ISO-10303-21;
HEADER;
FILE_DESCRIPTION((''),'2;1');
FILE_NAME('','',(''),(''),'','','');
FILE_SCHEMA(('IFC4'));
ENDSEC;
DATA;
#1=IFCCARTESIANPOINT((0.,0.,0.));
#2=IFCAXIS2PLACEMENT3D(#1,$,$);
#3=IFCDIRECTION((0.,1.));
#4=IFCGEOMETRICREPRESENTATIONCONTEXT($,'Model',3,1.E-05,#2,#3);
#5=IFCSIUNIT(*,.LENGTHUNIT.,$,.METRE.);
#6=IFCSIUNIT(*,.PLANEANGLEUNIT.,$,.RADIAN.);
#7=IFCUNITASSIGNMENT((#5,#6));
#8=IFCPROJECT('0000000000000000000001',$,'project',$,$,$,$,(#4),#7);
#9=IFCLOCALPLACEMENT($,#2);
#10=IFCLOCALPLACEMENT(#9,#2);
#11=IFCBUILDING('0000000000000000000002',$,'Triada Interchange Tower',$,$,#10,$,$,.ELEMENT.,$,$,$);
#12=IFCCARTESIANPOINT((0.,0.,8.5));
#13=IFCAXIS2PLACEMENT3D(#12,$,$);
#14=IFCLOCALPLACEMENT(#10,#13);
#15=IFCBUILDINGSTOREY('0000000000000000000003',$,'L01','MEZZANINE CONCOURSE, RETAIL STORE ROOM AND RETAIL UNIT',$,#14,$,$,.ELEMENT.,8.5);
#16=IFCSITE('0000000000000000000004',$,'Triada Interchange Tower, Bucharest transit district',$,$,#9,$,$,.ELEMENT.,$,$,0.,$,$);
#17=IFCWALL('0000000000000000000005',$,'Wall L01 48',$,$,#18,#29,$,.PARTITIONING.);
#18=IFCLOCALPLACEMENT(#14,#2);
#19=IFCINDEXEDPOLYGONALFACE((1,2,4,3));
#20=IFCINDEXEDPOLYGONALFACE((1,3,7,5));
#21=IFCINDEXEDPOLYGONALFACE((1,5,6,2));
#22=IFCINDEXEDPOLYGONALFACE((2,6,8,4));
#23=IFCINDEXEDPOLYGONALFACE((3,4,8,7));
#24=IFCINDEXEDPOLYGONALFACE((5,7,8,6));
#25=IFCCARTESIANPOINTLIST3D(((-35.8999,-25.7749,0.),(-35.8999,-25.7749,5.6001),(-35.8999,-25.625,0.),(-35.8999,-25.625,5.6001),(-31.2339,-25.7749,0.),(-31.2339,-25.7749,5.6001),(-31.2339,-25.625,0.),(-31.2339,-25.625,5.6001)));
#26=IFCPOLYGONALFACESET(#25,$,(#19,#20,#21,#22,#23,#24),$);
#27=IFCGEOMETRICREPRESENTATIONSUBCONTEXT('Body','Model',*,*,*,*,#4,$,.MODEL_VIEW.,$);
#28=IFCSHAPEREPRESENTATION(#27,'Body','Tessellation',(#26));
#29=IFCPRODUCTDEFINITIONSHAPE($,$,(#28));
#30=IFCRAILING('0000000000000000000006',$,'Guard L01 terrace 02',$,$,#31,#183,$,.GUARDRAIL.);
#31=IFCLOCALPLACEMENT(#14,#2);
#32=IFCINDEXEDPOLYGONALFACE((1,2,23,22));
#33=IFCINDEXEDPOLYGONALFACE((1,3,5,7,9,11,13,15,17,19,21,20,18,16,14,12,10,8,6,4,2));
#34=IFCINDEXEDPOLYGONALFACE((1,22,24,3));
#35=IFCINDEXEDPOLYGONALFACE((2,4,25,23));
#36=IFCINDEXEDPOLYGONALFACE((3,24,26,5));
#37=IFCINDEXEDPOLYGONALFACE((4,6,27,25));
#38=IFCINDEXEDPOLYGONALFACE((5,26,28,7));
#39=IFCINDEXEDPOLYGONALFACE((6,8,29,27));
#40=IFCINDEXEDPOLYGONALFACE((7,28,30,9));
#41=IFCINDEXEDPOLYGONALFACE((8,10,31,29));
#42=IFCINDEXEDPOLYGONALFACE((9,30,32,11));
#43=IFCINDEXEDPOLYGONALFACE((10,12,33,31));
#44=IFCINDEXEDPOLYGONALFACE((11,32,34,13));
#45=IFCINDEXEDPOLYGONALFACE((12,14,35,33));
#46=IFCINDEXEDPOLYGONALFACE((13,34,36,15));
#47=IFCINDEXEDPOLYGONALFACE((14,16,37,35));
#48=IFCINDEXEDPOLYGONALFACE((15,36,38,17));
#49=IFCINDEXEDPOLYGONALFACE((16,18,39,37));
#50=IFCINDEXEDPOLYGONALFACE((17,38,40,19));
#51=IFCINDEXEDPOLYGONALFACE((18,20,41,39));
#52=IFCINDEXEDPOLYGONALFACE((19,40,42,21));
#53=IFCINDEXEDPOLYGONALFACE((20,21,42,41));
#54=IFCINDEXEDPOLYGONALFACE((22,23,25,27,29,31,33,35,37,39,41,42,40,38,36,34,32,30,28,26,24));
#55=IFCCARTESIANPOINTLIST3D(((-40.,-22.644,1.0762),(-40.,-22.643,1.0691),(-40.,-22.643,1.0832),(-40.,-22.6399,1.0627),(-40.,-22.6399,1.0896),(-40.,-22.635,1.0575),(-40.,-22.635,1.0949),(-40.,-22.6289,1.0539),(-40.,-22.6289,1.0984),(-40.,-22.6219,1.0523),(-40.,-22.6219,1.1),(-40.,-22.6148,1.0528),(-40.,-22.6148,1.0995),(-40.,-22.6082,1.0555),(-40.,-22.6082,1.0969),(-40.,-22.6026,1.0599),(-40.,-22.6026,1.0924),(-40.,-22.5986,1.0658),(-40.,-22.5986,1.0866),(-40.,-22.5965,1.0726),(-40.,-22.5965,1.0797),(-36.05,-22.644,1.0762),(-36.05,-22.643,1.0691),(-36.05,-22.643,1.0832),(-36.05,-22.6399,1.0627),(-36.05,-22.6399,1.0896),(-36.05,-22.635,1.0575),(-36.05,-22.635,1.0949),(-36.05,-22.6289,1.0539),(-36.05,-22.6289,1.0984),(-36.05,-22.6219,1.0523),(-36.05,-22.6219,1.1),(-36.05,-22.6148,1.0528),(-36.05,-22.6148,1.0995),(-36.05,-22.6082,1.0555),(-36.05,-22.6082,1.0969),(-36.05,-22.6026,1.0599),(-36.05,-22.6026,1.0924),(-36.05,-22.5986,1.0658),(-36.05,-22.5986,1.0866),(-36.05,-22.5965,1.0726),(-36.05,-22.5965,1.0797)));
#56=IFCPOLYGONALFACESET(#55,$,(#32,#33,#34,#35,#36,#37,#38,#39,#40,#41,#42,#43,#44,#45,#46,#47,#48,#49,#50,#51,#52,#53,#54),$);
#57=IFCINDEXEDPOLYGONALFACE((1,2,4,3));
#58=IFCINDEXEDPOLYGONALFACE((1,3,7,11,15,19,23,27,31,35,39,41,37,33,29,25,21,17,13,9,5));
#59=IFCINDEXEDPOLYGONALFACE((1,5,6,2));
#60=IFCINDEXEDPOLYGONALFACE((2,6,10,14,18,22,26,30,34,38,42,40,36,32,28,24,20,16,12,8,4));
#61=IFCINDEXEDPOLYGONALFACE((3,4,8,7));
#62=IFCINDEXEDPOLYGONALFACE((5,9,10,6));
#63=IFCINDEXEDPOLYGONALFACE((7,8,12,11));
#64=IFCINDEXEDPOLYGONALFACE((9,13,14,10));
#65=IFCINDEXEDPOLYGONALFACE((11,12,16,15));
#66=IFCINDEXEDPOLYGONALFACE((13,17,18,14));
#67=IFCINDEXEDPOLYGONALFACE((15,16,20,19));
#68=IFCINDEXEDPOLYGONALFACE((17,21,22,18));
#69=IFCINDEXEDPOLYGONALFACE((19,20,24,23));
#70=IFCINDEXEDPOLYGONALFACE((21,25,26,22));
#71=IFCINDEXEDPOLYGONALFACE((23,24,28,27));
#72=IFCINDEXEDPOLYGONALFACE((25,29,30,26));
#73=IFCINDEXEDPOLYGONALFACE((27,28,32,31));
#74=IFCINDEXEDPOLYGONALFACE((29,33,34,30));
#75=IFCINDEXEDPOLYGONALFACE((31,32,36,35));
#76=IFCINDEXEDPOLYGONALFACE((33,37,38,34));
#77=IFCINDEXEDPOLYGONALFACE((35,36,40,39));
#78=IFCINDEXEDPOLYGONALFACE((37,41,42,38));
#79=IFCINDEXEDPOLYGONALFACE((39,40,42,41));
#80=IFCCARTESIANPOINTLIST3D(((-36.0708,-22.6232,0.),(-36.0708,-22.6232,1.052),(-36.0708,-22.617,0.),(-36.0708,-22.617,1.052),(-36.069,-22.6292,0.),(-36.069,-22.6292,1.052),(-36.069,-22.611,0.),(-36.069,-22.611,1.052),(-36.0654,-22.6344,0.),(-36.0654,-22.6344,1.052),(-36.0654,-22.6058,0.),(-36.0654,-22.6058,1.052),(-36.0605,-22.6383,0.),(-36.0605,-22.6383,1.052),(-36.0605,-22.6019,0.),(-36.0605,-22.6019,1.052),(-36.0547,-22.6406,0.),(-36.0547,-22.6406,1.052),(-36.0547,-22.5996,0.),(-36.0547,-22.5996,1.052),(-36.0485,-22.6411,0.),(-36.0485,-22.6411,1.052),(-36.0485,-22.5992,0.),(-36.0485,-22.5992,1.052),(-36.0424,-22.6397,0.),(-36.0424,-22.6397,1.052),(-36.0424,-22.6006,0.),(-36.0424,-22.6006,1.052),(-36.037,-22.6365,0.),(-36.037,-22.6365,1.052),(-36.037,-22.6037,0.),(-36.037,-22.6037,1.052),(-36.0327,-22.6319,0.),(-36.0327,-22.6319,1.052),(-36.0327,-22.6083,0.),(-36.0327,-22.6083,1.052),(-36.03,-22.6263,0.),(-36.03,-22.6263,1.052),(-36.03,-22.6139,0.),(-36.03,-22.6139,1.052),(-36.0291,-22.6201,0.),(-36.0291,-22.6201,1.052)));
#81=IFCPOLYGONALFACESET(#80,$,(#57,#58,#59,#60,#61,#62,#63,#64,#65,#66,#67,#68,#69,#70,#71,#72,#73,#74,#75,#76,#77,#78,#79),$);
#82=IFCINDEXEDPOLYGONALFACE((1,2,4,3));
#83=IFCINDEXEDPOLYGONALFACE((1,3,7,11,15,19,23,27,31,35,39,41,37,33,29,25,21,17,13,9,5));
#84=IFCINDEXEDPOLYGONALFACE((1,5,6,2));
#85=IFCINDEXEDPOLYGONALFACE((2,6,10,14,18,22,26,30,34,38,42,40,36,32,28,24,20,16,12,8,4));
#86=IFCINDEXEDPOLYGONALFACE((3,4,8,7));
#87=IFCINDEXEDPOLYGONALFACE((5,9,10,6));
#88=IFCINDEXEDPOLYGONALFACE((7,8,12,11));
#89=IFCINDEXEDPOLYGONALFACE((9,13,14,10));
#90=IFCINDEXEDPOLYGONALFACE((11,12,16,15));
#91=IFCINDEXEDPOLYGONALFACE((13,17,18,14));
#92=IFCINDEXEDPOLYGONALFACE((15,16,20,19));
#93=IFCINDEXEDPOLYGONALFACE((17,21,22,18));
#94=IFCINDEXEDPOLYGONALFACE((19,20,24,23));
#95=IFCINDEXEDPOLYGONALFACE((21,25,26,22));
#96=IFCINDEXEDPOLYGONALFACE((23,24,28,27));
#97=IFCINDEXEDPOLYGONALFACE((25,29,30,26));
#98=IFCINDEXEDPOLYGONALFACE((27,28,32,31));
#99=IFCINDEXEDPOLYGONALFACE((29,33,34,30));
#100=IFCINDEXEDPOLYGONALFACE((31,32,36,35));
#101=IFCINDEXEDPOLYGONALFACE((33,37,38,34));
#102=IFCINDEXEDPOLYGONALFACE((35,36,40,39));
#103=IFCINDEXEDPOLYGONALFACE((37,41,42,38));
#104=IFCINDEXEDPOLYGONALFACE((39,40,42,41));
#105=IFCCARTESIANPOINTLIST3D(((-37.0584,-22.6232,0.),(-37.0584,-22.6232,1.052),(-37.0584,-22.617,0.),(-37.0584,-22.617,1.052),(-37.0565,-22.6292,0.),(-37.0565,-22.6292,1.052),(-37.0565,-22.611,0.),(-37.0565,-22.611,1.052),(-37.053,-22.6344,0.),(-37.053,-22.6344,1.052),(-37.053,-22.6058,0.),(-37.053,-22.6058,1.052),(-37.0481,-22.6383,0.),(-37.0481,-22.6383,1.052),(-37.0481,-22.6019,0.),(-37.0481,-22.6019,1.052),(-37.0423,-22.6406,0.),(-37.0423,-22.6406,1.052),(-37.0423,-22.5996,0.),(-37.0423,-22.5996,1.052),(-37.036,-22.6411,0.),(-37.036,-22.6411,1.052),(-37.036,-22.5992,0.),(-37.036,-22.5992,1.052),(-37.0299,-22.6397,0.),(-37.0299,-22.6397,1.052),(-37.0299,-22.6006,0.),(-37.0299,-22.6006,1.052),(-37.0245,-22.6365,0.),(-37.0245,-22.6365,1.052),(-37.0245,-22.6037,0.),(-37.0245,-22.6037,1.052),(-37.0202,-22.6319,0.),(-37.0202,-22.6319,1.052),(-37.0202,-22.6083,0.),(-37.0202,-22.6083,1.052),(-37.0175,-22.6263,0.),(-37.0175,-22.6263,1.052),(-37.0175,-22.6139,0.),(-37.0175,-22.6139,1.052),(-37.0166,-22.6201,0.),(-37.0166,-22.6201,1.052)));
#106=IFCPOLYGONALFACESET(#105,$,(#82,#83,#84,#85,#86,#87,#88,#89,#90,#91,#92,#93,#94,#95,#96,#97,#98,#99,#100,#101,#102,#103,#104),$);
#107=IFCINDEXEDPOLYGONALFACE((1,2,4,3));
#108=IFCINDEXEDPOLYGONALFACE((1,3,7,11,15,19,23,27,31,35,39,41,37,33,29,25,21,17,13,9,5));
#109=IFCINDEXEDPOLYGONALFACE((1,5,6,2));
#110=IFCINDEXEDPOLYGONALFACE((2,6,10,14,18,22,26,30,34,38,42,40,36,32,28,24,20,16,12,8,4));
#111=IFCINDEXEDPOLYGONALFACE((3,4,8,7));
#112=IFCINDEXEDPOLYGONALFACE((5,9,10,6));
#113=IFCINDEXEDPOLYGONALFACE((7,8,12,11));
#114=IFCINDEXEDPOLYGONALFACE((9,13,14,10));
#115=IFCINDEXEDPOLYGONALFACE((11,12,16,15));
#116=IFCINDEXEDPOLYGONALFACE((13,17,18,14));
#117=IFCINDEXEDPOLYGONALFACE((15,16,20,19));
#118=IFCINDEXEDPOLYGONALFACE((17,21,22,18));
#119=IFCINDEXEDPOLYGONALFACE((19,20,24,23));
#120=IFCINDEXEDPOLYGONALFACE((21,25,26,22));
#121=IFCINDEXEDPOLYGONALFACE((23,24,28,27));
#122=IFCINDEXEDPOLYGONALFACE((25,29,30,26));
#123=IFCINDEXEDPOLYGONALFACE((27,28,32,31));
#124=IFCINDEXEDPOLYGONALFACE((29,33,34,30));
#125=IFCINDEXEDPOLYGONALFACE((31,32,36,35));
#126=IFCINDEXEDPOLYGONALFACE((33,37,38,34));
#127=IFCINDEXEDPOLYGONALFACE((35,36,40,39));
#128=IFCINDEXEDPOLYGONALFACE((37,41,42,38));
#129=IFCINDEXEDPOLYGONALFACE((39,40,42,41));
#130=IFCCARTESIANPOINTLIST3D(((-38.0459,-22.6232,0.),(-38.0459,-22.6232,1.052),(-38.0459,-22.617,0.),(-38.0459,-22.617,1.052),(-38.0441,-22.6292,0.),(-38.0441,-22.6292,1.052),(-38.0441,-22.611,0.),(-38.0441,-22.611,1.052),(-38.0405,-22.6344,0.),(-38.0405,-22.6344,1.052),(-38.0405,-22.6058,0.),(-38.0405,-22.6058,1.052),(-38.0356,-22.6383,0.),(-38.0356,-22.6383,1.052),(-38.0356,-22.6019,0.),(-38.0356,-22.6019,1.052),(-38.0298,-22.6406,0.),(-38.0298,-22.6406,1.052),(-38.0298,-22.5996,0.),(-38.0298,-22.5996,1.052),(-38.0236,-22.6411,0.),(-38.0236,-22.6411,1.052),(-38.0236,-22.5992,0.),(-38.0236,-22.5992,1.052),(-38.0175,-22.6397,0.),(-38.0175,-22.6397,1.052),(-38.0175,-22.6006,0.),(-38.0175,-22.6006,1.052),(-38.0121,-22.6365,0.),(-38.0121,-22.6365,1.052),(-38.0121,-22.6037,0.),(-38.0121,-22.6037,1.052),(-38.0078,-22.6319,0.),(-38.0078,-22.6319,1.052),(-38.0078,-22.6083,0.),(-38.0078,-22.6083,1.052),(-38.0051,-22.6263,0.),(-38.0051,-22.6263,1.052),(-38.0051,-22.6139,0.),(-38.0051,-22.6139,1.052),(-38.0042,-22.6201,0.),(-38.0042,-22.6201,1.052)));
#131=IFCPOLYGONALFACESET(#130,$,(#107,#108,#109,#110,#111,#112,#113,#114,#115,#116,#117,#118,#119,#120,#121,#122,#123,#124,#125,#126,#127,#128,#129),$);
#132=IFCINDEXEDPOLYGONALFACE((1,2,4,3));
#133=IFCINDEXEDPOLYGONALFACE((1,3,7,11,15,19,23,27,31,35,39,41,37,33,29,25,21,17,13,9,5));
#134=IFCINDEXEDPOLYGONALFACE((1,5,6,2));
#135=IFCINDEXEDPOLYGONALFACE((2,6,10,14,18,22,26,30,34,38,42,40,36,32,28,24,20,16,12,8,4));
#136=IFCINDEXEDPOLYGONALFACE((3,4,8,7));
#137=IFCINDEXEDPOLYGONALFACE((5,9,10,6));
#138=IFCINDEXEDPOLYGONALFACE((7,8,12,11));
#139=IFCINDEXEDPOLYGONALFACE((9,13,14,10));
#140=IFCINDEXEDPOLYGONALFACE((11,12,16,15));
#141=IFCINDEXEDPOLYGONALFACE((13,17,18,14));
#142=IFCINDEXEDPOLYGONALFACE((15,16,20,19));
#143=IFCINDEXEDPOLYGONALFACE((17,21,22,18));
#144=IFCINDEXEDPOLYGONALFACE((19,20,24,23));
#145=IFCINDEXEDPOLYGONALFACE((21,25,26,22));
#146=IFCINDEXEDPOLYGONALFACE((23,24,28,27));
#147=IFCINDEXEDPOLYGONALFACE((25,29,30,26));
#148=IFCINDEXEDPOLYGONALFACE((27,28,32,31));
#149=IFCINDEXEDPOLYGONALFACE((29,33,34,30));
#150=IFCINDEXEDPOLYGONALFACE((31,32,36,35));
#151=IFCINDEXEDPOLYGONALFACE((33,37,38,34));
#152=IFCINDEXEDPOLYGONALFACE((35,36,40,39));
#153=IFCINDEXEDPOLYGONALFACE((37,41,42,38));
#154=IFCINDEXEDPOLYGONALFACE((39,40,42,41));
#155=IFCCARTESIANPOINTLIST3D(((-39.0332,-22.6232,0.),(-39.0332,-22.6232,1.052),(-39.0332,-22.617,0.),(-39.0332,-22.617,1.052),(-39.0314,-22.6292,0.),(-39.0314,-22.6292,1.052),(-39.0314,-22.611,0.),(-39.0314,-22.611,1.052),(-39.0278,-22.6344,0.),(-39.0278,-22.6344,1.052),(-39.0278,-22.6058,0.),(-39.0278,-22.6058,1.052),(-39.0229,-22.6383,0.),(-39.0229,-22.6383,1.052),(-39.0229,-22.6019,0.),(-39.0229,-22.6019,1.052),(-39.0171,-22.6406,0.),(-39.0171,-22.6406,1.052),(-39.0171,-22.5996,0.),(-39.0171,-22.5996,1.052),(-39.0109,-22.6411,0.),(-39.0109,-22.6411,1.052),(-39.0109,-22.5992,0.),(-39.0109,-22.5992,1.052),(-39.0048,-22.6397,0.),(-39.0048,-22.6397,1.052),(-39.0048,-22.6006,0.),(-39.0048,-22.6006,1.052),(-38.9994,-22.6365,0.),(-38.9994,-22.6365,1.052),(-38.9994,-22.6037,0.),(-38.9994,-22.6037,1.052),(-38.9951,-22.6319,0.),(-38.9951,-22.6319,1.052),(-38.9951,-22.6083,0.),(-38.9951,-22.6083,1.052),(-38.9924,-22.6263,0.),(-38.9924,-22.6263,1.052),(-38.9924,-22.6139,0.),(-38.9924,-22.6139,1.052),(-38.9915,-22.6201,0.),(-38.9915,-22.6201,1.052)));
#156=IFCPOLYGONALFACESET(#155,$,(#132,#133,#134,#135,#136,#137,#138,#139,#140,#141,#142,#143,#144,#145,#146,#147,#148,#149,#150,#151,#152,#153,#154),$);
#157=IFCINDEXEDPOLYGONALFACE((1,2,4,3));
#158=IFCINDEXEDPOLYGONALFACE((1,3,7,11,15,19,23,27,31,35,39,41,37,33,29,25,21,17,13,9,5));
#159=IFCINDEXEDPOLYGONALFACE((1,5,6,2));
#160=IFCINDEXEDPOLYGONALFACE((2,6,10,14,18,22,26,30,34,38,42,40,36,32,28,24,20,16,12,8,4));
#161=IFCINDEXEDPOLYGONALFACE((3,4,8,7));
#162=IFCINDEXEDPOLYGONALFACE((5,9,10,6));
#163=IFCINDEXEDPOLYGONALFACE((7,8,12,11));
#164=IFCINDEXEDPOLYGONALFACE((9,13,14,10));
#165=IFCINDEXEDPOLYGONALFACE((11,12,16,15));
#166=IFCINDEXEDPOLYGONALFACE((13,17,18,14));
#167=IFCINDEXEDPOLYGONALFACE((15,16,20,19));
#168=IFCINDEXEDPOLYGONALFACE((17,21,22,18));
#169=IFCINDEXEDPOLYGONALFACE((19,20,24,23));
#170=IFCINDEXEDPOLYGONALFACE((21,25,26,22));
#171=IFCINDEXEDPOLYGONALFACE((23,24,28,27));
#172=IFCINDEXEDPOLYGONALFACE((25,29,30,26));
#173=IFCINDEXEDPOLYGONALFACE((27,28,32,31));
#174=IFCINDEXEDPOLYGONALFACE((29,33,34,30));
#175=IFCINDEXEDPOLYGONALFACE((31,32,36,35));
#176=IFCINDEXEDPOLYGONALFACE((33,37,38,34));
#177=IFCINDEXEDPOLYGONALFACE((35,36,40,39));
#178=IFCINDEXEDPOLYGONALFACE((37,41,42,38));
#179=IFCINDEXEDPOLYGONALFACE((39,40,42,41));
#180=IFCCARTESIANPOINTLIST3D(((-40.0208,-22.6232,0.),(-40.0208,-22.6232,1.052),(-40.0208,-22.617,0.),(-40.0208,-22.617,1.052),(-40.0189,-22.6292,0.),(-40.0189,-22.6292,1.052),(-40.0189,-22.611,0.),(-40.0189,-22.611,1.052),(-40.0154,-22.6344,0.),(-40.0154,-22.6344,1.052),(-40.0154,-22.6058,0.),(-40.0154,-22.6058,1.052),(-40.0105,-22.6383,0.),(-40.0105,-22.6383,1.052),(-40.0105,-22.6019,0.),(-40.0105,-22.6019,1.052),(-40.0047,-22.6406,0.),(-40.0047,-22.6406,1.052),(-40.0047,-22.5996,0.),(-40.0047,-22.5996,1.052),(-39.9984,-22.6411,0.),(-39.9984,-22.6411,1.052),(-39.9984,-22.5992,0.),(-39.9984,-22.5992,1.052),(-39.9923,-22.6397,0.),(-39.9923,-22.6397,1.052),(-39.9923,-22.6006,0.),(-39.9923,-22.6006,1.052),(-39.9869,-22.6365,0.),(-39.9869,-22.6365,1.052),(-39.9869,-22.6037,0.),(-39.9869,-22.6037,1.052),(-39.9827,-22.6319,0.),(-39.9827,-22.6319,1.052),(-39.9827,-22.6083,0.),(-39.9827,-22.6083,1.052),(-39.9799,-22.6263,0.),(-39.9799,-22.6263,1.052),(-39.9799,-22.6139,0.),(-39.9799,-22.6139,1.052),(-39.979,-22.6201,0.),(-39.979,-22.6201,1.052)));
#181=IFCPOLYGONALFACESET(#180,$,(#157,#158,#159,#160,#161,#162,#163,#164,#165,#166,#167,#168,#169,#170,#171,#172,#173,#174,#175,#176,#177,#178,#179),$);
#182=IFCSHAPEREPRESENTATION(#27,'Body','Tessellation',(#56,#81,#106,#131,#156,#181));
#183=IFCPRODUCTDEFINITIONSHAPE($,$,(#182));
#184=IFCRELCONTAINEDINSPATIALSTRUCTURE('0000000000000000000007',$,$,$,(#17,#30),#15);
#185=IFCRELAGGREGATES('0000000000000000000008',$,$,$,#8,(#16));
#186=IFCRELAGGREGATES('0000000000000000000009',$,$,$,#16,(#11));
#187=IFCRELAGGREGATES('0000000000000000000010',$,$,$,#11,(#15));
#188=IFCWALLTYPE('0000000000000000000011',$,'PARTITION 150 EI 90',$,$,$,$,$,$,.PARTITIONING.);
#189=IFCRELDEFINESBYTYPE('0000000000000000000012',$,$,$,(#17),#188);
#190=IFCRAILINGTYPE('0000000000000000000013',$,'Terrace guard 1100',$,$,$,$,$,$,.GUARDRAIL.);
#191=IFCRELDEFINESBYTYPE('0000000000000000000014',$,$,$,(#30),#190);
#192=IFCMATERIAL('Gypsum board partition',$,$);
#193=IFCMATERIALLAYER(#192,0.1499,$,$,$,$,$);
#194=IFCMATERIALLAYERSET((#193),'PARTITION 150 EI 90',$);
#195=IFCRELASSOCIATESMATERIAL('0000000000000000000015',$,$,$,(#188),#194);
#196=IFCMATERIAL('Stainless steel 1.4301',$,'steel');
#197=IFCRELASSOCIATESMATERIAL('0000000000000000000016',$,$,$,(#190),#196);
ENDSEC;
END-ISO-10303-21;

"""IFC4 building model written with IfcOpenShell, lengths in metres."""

from ifc_helpers import new_model, si_unit, direction, frame, frame_2d, origin, origin_2d, place, context, subcontext, project, spatial, rectangle, circle, extrude, material, layer, layer_set, type_object, element, save


model = new_model("IFC4")

# Units and contexts
model_context = context("Model", 3, precision=1e-05, world=origin(), true_north=direction((0.0, 1.0)))
body_context = subcontext(model_context, "Body", "Model", "MODEL_VIEW")
ifc_project = project(units=[si_unit("LENGTHUNIT", "METRE"), si_unit("PLANEANGLEUNIT", "RADIAN")], contexts=[model_context])

# Site, building, storey
site_placement = place(None, origin())
site = spatial("IfcSite", under=ifc_project, at=site_placement, Name="Triada Interchange Tower, Bucharest transit district", CompositionType="ELEMENT", RefElevation=0.0)
building_placement = place(site_placement, origin())
building = spatial("IfcBuilding", under=site, at=building_placement, Name="Triada Interchange Tower", CompositionType="ELEMENT")
storey_placement = place(building_placement, frame((0.0, 0.0, 8.5)))
storey = spatial("IfcBuildingStorey", under=building, at=storey_placement, Name="L01", Description="MEZZANINE CONCOURSE, RETAIL STORE ROOM AND RETAIL UNIT", CompositionType="ELEMENT", Elevation=8.5)

# Wall
ifc_material_1 = material(Name="Gypsum board partition")
ifc_layer_1 = layer(ifc_material_1, 0.1499)
ifc_layer_set_1 = layer_set([ifc_layer_1], Name="PARTITION 150 EI 90")
wall_type_1 = type_object("IfcWallType", Name="PARTITION 150 EI 90", PredefinedType="PARTITIONING", material=ifc_layer_set_1)
wall_1_placement = place(storey_placement, frame((-35.8999, -25.7, 0.0), z_axis=(0.0, 0.0, 1.0), x_axis=(1.0, 0.0, 0.0)))
element("IfcWall", 1, at=wall_1_placement, inside=storey, type_object=wall_type_1, Name="Wall L01 48", PredefinedType="PARTITIONING", context=body_context, shape_type="SweptSolid", body=[
    extrude(rectangle(XDim=4.666, YDim=0.1499, at=frame_2d((2.333, 0.0))), origin(), (0.0, 0.0, 1.0), 5.6001),
])

# Railing
ifc_material_2 = material(Name="Stainless steel 1.4301", Category="steel")
railing_type = type_object("IfcRailingType", Name="Terrace guard 1100", PredefinedType="GUARDRAIL", material=ifc_material_2)
railing_1_placement = place(storey_placement, frame((-36.05, -22.6201, 0.0)))
element("IfcRailing", 2, at=railing_1_placement, inside=storey, type_object=railing_type, Name="Guard L01 terrace 02", PredefinedType="GUARDRAIL", context=body_context, shape_type="SweptSolid", body=[
    extrude(circle(Radius=0.0239, at=origin_2d()), frame((0.0, 0.0, 1.0762), z_axis=(-1.0, 0.0, 0.0), x_axis=(0.0, -1.0, 0.0)), (0.0, 0.0, 1.0), 3.95),
    extrude(circle(Radius=0.021, at=origin_2d()), origin(), (0.0, 0.0, 1.0), 1.052),
    extrude(circle(Radius=0.021, at=origin_2d()), frame((-0.9875, 0.0, 0.0)), (0.0, 0.0, 1.0), 1.052),
    extrude(circle(Radius=0.021, at=origin_2d()), frame((-1.9751, 0.0, 0.0)), (0.0, 0.0, 1.0), 1.052),
    extrude(circle(Radius=0.021, at=origin_2d()), frame((-2.9624, 0.0, 0.0)), (0.0, 0.0, 1.0), 1.052),
    extrude(circle(Radius=0.021, at=origin_2d()), frame((-3.95, 0.0, 0.0)), (0.0, 0.0, 1.0), 1.052),
])

save(model, "model.ifc")
